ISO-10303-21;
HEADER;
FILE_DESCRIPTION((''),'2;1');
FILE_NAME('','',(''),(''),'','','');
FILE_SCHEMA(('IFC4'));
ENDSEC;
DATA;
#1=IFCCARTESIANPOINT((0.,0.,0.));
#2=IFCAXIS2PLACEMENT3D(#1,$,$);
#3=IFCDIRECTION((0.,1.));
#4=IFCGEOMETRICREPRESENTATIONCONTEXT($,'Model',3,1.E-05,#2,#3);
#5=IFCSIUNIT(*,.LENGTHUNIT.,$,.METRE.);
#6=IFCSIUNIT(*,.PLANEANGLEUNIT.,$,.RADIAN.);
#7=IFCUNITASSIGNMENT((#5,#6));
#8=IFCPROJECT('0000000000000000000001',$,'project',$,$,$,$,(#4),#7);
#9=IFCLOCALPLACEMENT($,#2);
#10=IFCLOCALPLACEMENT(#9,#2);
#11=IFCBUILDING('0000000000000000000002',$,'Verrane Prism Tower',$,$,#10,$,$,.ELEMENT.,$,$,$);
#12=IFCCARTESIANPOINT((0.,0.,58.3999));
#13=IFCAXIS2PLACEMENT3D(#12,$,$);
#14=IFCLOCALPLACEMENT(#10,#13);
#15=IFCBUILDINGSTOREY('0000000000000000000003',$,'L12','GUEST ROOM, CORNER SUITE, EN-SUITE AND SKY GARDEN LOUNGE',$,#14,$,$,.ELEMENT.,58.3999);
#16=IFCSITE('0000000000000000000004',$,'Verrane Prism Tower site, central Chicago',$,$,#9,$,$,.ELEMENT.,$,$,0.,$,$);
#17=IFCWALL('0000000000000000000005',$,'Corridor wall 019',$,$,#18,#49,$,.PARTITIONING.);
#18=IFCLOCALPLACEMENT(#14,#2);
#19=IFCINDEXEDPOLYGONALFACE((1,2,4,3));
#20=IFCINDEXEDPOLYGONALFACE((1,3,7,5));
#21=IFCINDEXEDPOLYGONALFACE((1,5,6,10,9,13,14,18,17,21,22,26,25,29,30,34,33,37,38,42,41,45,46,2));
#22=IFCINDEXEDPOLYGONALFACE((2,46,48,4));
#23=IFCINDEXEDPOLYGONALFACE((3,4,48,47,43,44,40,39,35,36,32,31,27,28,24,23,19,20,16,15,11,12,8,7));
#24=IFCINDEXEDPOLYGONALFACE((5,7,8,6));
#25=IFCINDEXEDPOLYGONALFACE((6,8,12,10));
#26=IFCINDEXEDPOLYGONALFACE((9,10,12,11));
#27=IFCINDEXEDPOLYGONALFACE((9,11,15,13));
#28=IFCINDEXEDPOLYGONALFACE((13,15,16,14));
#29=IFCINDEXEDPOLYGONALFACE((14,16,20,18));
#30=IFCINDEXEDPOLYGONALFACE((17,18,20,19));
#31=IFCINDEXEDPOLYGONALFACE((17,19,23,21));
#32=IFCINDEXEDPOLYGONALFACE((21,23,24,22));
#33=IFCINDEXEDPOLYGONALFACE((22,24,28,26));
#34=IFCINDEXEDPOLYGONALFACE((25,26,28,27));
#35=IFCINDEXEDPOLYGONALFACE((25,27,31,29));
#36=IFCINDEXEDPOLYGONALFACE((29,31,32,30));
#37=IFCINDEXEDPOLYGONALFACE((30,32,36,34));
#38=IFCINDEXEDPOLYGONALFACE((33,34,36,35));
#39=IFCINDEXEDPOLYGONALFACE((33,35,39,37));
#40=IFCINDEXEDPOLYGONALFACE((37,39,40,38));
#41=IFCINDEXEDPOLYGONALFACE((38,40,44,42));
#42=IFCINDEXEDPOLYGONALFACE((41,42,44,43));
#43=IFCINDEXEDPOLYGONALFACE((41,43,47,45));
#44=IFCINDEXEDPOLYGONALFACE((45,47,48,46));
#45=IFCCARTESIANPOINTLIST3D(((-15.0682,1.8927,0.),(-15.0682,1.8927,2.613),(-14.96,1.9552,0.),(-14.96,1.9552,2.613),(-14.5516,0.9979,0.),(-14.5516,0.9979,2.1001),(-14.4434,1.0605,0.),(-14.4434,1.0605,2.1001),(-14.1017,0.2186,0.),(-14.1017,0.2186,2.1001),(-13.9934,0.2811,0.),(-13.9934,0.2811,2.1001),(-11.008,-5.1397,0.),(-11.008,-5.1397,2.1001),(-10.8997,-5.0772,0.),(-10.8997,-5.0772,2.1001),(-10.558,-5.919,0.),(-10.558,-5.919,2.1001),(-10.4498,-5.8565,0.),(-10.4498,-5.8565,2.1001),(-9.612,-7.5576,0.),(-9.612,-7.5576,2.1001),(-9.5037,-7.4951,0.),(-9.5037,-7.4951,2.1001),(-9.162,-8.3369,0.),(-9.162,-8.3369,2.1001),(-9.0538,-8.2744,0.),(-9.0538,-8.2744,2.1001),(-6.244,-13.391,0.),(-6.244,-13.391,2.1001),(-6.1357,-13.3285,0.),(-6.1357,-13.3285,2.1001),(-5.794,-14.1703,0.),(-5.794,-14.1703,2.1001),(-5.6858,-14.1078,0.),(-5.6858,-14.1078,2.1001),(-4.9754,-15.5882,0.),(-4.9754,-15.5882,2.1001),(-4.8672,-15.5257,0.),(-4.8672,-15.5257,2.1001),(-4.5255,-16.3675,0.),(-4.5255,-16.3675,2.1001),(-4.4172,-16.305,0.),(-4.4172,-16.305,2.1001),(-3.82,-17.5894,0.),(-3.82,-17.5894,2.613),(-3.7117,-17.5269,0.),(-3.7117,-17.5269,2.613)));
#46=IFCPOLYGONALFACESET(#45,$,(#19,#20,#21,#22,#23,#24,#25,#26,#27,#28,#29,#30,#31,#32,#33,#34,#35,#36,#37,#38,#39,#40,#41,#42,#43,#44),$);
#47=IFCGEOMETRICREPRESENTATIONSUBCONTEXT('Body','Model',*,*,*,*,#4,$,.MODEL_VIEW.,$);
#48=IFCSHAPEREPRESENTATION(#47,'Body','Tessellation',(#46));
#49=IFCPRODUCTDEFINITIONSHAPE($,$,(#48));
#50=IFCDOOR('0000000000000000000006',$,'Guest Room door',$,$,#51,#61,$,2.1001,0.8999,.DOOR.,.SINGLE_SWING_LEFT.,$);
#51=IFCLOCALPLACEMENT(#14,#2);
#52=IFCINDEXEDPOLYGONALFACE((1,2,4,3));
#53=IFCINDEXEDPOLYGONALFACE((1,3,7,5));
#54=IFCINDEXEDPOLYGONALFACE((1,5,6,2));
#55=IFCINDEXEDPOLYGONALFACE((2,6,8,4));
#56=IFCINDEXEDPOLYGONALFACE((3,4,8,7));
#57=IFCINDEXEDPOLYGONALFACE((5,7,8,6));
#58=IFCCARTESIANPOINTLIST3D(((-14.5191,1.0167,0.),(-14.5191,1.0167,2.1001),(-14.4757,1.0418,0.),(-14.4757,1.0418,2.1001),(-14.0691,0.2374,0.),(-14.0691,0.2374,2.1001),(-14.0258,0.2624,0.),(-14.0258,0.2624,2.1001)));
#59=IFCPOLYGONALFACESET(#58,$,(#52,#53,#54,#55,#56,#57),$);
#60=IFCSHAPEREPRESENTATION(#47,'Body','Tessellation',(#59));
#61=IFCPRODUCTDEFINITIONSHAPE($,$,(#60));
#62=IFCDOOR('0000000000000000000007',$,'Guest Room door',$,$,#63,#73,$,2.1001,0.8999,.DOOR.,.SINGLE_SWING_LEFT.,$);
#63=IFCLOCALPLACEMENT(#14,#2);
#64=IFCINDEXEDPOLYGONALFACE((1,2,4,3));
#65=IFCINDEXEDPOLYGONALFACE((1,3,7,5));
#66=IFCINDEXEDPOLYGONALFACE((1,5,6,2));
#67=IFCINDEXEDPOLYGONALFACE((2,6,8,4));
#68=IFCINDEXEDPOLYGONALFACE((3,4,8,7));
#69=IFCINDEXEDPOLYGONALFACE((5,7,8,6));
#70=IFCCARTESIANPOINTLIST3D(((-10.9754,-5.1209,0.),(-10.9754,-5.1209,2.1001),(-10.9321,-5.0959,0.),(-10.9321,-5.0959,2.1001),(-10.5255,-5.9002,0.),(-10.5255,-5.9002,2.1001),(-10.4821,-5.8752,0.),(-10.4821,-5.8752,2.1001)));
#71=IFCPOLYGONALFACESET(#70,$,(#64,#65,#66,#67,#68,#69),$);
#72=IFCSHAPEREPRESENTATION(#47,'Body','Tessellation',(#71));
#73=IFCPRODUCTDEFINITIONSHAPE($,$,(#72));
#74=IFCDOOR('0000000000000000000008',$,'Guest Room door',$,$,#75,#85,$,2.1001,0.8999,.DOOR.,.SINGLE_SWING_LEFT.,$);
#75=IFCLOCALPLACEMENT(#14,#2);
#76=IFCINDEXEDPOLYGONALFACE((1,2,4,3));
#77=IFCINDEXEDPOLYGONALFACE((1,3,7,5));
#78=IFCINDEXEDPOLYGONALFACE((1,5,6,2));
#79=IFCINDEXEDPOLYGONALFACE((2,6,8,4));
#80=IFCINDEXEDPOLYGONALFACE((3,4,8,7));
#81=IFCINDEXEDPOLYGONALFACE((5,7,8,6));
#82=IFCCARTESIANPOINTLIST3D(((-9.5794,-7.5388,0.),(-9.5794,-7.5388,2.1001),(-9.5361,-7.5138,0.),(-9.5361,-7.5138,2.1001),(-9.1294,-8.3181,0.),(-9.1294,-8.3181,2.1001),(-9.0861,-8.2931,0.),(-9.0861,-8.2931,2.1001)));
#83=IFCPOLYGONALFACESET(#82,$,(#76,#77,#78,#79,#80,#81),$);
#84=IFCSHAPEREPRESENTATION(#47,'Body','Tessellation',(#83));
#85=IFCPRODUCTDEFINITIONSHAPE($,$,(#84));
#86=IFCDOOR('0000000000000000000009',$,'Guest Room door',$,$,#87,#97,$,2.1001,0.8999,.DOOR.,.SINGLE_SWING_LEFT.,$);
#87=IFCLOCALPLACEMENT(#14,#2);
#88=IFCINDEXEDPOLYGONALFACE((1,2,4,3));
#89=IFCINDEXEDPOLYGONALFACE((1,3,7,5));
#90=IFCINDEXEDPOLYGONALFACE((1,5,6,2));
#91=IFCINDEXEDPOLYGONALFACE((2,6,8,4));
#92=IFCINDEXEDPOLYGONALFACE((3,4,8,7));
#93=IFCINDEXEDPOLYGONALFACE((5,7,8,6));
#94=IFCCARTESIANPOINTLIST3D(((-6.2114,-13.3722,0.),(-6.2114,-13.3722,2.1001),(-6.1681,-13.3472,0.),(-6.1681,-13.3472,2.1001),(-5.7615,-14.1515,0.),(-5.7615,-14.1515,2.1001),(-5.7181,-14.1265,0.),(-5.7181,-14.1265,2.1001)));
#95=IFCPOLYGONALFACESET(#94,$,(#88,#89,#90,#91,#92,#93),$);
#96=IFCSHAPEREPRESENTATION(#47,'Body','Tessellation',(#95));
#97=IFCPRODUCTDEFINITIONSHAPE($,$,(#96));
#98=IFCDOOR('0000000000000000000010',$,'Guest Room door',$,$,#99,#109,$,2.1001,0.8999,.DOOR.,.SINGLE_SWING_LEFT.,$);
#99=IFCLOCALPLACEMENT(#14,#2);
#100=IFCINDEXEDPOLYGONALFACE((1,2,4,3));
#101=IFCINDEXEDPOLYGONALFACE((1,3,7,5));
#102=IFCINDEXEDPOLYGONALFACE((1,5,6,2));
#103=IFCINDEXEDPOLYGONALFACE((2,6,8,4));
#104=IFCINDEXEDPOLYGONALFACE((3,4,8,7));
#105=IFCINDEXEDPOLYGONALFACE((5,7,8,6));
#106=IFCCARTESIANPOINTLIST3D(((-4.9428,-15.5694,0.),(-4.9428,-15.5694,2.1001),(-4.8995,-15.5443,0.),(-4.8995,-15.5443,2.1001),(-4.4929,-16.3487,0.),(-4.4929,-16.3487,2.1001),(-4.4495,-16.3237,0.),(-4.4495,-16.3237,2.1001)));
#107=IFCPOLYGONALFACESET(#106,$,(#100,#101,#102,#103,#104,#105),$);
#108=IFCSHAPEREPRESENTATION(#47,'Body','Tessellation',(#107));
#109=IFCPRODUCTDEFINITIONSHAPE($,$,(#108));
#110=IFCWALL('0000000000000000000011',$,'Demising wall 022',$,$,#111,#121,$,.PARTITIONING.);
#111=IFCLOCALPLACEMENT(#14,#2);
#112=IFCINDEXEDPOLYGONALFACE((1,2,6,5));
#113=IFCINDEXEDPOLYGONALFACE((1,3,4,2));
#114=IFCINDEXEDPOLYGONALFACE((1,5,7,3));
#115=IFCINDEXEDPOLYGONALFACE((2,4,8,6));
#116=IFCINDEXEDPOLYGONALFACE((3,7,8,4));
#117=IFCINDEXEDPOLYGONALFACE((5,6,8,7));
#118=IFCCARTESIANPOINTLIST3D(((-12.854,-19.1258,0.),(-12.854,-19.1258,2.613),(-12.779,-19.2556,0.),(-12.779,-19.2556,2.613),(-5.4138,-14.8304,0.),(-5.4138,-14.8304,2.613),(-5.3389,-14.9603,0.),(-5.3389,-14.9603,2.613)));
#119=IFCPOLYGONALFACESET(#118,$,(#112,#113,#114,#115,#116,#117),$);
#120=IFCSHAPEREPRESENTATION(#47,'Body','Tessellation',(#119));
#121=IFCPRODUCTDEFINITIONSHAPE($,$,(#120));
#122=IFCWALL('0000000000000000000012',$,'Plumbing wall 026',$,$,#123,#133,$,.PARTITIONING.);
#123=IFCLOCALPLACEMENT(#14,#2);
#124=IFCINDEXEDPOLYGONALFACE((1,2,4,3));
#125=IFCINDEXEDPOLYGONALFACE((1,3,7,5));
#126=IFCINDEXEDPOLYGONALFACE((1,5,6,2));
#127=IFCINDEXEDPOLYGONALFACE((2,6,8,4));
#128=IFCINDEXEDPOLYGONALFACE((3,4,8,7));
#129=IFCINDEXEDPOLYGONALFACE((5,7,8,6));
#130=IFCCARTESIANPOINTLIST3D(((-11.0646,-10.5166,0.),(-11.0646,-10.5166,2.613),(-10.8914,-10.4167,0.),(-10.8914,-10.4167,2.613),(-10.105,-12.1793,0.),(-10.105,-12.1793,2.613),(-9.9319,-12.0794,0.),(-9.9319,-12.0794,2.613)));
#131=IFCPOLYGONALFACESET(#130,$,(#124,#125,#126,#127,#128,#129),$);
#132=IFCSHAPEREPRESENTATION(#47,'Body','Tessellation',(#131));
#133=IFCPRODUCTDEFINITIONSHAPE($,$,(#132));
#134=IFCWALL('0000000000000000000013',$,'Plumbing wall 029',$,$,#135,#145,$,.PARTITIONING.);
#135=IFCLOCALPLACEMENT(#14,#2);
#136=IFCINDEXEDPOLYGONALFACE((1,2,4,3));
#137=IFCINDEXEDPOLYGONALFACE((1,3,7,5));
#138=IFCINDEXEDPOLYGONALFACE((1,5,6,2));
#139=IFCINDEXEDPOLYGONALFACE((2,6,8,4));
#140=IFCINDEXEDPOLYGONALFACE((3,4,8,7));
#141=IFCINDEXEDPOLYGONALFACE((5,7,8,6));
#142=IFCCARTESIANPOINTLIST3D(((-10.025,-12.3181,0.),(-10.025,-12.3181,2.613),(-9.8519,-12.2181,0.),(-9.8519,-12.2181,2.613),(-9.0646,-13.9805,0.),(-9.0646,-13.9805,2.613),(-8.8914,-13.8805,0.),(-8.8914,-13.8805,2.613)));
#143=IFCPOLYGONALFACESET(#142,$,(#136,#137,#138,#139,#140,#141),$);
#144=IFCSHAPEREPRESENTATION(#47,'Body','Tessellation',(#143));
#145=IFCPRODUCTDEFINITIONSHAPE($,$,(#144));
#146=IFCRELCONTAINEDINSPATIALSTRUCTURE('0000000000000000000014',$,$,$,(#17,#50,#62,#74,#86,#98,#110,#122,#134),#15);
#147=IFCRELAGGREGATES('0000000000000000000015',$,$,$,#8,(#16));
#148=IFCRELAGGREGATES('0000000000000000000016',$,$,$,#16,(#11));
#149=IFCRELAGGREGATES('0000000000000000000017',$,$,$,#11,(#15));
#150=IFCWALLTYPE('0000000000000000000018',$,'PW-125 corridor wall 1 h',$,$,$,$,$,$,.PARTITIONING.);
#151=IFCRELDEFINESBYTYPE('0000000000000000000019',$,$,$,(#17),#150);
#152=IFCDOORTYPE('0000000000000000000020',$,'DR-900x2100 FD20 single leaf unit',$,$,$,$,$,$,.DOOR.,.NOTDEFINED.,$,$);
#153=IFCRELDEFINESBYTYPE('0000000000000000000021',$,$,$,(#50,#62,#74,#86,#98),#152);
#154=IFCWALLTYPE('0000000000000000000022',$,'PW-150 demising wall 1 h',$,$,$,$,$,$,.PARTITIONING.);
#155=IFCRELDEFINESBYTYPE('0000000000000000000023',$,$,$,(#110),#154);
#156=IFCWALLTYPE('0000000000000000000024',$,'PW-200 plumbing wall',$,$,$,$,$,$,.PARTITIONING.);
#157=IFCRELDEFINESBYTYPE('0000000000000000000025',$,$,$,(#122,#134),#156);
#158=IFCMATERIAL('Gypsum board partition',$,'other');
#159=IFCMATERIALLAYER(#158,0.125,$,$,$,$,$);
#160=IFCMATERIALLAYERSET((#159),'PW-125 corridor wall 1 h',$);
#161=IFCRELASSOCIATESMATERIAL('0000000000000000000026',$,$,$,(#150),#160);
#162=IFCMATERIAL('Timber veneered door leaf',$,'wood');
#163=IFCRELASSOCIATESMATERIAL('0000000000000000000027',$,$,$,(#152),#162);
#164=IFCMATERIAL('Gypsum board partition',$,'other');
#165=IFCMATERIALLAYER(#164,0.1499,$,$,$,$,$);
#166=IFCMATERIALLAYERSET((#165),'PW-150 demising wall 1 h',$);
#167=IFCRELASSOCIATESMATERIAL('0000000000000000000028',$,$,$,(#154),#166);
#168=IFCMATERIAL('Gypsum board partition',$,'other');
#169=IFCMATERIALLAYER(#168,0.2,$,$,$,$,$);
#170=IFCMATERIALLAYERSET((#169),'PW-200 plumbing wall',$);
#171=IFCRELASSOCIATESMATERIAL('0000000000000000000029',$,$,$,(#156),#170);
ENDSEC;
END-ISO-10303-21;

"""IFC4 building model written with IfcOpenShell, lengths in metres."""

from ifc_helpers import new_model, si_unit, direction, frame, frame_2d, origin, place, context, subcontext, project, spatial, rectangle, extrude, material, layer, layer_set, type_object, element, fill, save


model = new_model("IFC4")

# Units and contexts
model_context = context("Model", 3, precision=1e-05, world=origin(), true_north=direction((0.0, 1.0)))
body_context = subcontext(model_context, "Body", "Model", "MODEL_VIEW")
ifc_project = project(units=[si_unit("LENGTHUNIT", "METRE"), si_unit("PLANEANGLEUNIT", "RADIAN")], contexts=[model_context])

# Site, building, storey
site_placement = place(None, origin())
site = spatial("IfcSite", under=ifc_project, at=site_placement, Name="Verrane Prism Tower site, central Chicago", CompositionType="ELEMENT", RefElevation=0.0)
building_placement = place(site_placement, origin())
building = spatial("IfcBuilding", under=site, at=building_placement, Name="Verrane Prism Tower", CompositionType="ELEMENT")
storey_placement = place(building_placement, frame((0.0, 0.0, 58.3999)))
storey = spatial("IfcBuildingStorey", under=building, at=storey_placement, Name="L12", Description="GUEST ROOM, CORNER SUITE, EN-SUITE AND SKY GARDEN LOUNGE", CompositionType="ELEMENT", Elevation=58.3999)

# Wall, openings, doors
ifc_material_1 = material(Name="Gypsum board partition", Category="other")
ifc_layer_1 = layer(ifc_material_1, 0.125)
ifc_layer_set_1 = layer_set([ifc_layer_1], Name="PW-125 corridor wall 1 h")
wall_type_1 = type_object("IfcWallType", Name="PW-125 corridor wall 1 h", PredefinedType="PARTITIONING", material=ifc_layer_set_1)
wall_1_placement = place(storey_placement, frame((-3.7659, -17.5581, 0.0), z_axis=(0.0, 0.0, 1.0), x_axis=(-0.500008, 0.866021, 0.0)))
wall_1 = element("IfcWall", 1, at=wall_1_placement, inside=storey, type_object=wall_type_1, Name="Corridor wall 019", PredefinedType="PARTITIONING", context=body_context, shape_type="SweptSolid", body=[
    extrude(rectangle(XDim=22.4961, YDim=0.125, at=frame_2d((11.248, 0.0))), origin(), (0.0, 0.0, 1.0), 2.613),
])
opening_1_placement = place(wall_1_placement, frame((20.563, 0.0, 0.0)))
opening_1 = element("IfcOpeningElement", 2, at=opening_1_placement, cuts=wall_1, PredefinedType="OPENING", context=body_context, shape_type="SweptSolid", body=[
    extrude(rectangle(XDim=0.8999, YDim=2.1001, at=frame_2d((0.45, 1.05))), frame((0.0, 0.0725, 0.0), z_axis=(0.0, -1.0, 0.0), x_axis=(1.0, 0.0, 0.0)), (0.0, 0.0, 1.0), 0.145),
])
opening_2_placement = place(wall_1_placement, frame((13.4758, 0.0, 0.0)))
opening_2 = element("IfcOpeningElement", 3, at=opening_2_placement, cuts=wall_1, PredefinedType="OPENING", context=body_context, shape_type="SweptSolid", body=[
    extrude(rectangle(XDim=0.8999, YDim=2.1001, at=frame_2d((0.45, 1.05))), frame((0.0, 0.0725, 0.0), z_axis=(0.0, -1.0, 0.0), x_axis=(1.0, 0.0, 0.0)), (0.0, 0.0, 1.0), 0.145),
])
opening_3_placement = place(wall_1_placement, frame((10.6838, 0.0, 0.0)))
opening_3 = element("IfcOpeningElement", 4, at=opening_3_placement, cuts=wall_1, PredefinedType="OPENING", context=body_context, shape_type="SweptSolid", body=[
    extrude(rectangle(XDim=0.8999, YDim=2.1001, at=frame_2d((0.45, 1.05))), frame((0.0, 0.0725, 0.0), z_axis=(0.0, -1.0, 0.0), x_axis=(1.0, 0.0, 0.0)), (0.0, 0.0, 1.0), 0.145),
])
opening_4_placement = place(wall_1_placement, frame((3.948, 0.0, 0.0)))
opening_4 = element("IfcOpeningElement", 5, at=opening_4_placement, cuts=wall_1, PredefinedType="OPENING", context=body_context, shape_type="SweptSolid", body=[
    extrude(rectangle(XDim=0.8999, YDim=2.1001, at=frame_2d((0.45, 1.05))), frame((0.0, 0.0725, 0.0), z_axis=(0.0, -1.0, 0.0), x_axis=(1.0, 0.0, 0.0)), (0.0, 0.0, 1.0), 0.145),
])
opening_5_placement = place(wall_1_placement, frame((1.4109, 0.0, 0.0)))
opening_5 = element("IfcOpeningElement", 6, at=opening_5_placement, cuts=wall_1, PredefinedType="OPENING", context=body_context, shape_type="SweptSolid", body=[
    extrude(rectangle(XDim=0.8999, YDim=2.1001, at=frame_2d((0.45, 1.05))), frame((0.0, 0.0725, 0.0), z_axis=(0.0, -1.0, 0.0), x_axis=(1.0, 0.0, 0.0)), (0.0, 0.0, 1.0), 0.145),
])
ifc_material_2 = material(Name="Timber veneered door leaf", Category="wood")
door_type_1 = type_object("IfcDoorType", Name="DR-900x2100 FD20 single leaf unit", OperationType="NOTDEFINED", PredefinedType="DOOR", material=ifc_material_2)
door_1_placement = place(opening_1_placement, origin())
door_1 = element("IfcDoor", 7, at=door_1_placement, inside=storey, type_object=door_type_1, Name="Guest Room door", OperationType="SINGLE_SWING_LEFT", OverallHeight=2.1001, OverallWidth=0.8999, PredefinedType="DOOR", context=body_context, shape_type="SweptSolid", body=[
    extrude(rectangle(XDim=0.8999, YDim=2.1001, at=frame_2d((0.45, 1.05))), frame((0.0, 0.0249, 0.0), z_axis=(0.0, -1.0, 0.0), x_axis=(1.0, 0.0, 0.0)), (0.0, 0.0, 1.0), 0.05),
])
fill(opening_1, door_1)
door_2_placement = place(opening_2_placement, origin())
door_2 = element("IfcDoor", 8, at=door_2_placement, inside=storey, type_object=door_type_1, Name="Guest Room door", OperationType="SINGLE_SWING_LEFT", OverallHeight=2.1001, OverallWidth=0.8999, PredefinedType="DOOR", context=body_context, shape_type="SweptSolid", body=[
    extrude(rectangle(XDim=0.8999, YDim=2.1001, at=frame_2d((0.45, 1.05))), frame((0.0, 0.0249, 0.0), z_axis=(0.0, -1.0, 0.0), x_axis=(1.0, 0.0, 0.0)), (0.0, 0.0, 1.0), 0.05),
])
fill(opening_2, door_2)
door_3_placement = place(opening_3_placement, origin())
door_3 = element("IfcDoor", 9, at=door_3_placement, inside=storey, type_object=door_type_1, Name="Guest Room door", OperationType="SINGLE_SWING_LEFT", OverallHeight=2.1001, OverallWidth=0.8999, PredefinedType="DOOR", context=body_context, shape_type="SweptSolid", body=[
    extrude(rectangle(XDim=0.8999, YDim=2.1001, at=frame_2d((0.45, 1.05))), frame((0.0, 0.0249, 0.0), z_axis=(0.0, -1.0, 0.0), x_axis=(1.0, 0.0, 0.0)), (0.0, 0.0, 1.0), 0.05),
])
fill(opening_3, door_3)
door_4_placement = place(opening_4_placement, origin())
door_4 = element("IfcDoor", 10, at=door_4_placement, inside=storey, type_object=door_type_1, Name="Guest Room door", OperationType="SINGLE_SWING_LEFT", OverallHeight=2.1001, OverallWidth=0.8999, PredefinedType="DOOR", context=body_context, shape_type="SweptSolid", body=[
    extrude(rectangle(XDim=0.8999, YDim=2.1001, at=frame_2d((0.45, 1.05))), frame((0.0, 0.0249, 0.0), z_axis=(0.0, -1.0, 0.0), x_axis=(1.0, 0.0, 0.0)), (0.0, 0.0, 1.0), 0.05),
])
fill(opening_4, door_4)
door_5_placement = place(opening_5_placement, origin())
door_5 = element("IfcDoor", 11, at=door_5_placement, inside=storey, type_object=door_type_1, Name="Guest Room door", OperationType="SINGLE_SWING_LEFT", OverallHeight=2.1001, OverallWidth=0.8999, PredefinedType="DOOR", context=body_context, shape_type="SweptSolid", body=[
    extrude(rectangle(XDim=0.8999, YDim=2.1001, at=frame_2d((0.45, 1.05))), frame((0.0, 0.0249, 0.0), z_axis=(0.0, -1.0, 0.0), x_axis=(1.0, 0.0, 0.0)), (0.0, 0.0, 1.0), 0.05),
])
fill(opening_5, door_5)

# Walls
ifc_material_3 = material(Name="Gypsum board partition", Category="other")
ifc_layer_2 = layer(ifc_material_3, 0.1499)
ifc_layer_set_2 = layer_set([ifc_layer_2], Name="PW-150 demising wall 1 h")
wall_type_2 = type_object("IfcWallType", Name="PW-150 demising wall 1 h", PredefinedType="PARTITIONING", material=ifc_layer_set_2)
wall_2_placement = place(storey_placement, frame((-12.8164, -19.1907, 0.0), z_axis=(0.0, 0.0, 1.0), x_axis=(0.866035, 0.499984, 0.0)))
element("IfcWall", 12, at=wall_2_placement, inside=storey, type_object=wall_type_2, Name="Demising wall 022", PredefinedType="PARTITIONING", context=body_context, shape_type="SweptSolid", body=[
    extrude(rectangle(XDim=8.5911, YDim=0.1499, at=frame_2d((4.2954, 0.0))), origin(), (0.0, 0.0, 1.0), 2.613),
])
ifc_material_4 = material(Name="Gypsum board partition", Category="other")
ifc_layer_3 = layer(ifc_material_4, 0.2)
ifc_layer_set_3 = layer_set([ifc_layer_3], Name="PW-200 plumbing wall")
wall_type_3 = type_object("IfcWallType", Name="PW-200 plumbing wall", PredefinedType="PARTITIONING", material=ifc_layer_set_3)
wall_3_placement = place(storey_placement, frame((-10.978, -10.4666, 0.0), z_axis=(0.0, 0.0, 1.0), x_axis=(0.499833, -0.866122, 0.0)))
element("IfcWall", 13, at=wall_3_placement, inside=storey, type_object=wall_type_3, Name="Plumbing wall 026", PredefinedType="PARTITIONING", context=body_context, shape_type="SweptSolid", body=[
    extrude(rectangle(XDim=1.9197, YDim=0.2, at=frame_2d((0.96, 0.0))), origin(), (0.0, 0.0, 1.0), 2.613),
])
wall_4_placement = place(storey_placement, frame((-9.9385, -12.2681, 0.0), z_axis=(0.0, 0.0, 1.0), x_axis=(0.500269, -0.86587, 0.0)))
element("IfcWall", 14, at=wall_4_placement, inside=storey, type_object=wall_type_3, Name="Plumbing wall 029", PredefinedType="PARTITIONING", context=body_context, shape_type="SweptSolid", body=[
    extrude(rectangle(XDim=1.9199, YDim=0.2, at=frame_2d((0.96, 0.0))), origin(), (0.0, 0.0, 1.0), 2.613),
])

save(model, "model.ifc")
